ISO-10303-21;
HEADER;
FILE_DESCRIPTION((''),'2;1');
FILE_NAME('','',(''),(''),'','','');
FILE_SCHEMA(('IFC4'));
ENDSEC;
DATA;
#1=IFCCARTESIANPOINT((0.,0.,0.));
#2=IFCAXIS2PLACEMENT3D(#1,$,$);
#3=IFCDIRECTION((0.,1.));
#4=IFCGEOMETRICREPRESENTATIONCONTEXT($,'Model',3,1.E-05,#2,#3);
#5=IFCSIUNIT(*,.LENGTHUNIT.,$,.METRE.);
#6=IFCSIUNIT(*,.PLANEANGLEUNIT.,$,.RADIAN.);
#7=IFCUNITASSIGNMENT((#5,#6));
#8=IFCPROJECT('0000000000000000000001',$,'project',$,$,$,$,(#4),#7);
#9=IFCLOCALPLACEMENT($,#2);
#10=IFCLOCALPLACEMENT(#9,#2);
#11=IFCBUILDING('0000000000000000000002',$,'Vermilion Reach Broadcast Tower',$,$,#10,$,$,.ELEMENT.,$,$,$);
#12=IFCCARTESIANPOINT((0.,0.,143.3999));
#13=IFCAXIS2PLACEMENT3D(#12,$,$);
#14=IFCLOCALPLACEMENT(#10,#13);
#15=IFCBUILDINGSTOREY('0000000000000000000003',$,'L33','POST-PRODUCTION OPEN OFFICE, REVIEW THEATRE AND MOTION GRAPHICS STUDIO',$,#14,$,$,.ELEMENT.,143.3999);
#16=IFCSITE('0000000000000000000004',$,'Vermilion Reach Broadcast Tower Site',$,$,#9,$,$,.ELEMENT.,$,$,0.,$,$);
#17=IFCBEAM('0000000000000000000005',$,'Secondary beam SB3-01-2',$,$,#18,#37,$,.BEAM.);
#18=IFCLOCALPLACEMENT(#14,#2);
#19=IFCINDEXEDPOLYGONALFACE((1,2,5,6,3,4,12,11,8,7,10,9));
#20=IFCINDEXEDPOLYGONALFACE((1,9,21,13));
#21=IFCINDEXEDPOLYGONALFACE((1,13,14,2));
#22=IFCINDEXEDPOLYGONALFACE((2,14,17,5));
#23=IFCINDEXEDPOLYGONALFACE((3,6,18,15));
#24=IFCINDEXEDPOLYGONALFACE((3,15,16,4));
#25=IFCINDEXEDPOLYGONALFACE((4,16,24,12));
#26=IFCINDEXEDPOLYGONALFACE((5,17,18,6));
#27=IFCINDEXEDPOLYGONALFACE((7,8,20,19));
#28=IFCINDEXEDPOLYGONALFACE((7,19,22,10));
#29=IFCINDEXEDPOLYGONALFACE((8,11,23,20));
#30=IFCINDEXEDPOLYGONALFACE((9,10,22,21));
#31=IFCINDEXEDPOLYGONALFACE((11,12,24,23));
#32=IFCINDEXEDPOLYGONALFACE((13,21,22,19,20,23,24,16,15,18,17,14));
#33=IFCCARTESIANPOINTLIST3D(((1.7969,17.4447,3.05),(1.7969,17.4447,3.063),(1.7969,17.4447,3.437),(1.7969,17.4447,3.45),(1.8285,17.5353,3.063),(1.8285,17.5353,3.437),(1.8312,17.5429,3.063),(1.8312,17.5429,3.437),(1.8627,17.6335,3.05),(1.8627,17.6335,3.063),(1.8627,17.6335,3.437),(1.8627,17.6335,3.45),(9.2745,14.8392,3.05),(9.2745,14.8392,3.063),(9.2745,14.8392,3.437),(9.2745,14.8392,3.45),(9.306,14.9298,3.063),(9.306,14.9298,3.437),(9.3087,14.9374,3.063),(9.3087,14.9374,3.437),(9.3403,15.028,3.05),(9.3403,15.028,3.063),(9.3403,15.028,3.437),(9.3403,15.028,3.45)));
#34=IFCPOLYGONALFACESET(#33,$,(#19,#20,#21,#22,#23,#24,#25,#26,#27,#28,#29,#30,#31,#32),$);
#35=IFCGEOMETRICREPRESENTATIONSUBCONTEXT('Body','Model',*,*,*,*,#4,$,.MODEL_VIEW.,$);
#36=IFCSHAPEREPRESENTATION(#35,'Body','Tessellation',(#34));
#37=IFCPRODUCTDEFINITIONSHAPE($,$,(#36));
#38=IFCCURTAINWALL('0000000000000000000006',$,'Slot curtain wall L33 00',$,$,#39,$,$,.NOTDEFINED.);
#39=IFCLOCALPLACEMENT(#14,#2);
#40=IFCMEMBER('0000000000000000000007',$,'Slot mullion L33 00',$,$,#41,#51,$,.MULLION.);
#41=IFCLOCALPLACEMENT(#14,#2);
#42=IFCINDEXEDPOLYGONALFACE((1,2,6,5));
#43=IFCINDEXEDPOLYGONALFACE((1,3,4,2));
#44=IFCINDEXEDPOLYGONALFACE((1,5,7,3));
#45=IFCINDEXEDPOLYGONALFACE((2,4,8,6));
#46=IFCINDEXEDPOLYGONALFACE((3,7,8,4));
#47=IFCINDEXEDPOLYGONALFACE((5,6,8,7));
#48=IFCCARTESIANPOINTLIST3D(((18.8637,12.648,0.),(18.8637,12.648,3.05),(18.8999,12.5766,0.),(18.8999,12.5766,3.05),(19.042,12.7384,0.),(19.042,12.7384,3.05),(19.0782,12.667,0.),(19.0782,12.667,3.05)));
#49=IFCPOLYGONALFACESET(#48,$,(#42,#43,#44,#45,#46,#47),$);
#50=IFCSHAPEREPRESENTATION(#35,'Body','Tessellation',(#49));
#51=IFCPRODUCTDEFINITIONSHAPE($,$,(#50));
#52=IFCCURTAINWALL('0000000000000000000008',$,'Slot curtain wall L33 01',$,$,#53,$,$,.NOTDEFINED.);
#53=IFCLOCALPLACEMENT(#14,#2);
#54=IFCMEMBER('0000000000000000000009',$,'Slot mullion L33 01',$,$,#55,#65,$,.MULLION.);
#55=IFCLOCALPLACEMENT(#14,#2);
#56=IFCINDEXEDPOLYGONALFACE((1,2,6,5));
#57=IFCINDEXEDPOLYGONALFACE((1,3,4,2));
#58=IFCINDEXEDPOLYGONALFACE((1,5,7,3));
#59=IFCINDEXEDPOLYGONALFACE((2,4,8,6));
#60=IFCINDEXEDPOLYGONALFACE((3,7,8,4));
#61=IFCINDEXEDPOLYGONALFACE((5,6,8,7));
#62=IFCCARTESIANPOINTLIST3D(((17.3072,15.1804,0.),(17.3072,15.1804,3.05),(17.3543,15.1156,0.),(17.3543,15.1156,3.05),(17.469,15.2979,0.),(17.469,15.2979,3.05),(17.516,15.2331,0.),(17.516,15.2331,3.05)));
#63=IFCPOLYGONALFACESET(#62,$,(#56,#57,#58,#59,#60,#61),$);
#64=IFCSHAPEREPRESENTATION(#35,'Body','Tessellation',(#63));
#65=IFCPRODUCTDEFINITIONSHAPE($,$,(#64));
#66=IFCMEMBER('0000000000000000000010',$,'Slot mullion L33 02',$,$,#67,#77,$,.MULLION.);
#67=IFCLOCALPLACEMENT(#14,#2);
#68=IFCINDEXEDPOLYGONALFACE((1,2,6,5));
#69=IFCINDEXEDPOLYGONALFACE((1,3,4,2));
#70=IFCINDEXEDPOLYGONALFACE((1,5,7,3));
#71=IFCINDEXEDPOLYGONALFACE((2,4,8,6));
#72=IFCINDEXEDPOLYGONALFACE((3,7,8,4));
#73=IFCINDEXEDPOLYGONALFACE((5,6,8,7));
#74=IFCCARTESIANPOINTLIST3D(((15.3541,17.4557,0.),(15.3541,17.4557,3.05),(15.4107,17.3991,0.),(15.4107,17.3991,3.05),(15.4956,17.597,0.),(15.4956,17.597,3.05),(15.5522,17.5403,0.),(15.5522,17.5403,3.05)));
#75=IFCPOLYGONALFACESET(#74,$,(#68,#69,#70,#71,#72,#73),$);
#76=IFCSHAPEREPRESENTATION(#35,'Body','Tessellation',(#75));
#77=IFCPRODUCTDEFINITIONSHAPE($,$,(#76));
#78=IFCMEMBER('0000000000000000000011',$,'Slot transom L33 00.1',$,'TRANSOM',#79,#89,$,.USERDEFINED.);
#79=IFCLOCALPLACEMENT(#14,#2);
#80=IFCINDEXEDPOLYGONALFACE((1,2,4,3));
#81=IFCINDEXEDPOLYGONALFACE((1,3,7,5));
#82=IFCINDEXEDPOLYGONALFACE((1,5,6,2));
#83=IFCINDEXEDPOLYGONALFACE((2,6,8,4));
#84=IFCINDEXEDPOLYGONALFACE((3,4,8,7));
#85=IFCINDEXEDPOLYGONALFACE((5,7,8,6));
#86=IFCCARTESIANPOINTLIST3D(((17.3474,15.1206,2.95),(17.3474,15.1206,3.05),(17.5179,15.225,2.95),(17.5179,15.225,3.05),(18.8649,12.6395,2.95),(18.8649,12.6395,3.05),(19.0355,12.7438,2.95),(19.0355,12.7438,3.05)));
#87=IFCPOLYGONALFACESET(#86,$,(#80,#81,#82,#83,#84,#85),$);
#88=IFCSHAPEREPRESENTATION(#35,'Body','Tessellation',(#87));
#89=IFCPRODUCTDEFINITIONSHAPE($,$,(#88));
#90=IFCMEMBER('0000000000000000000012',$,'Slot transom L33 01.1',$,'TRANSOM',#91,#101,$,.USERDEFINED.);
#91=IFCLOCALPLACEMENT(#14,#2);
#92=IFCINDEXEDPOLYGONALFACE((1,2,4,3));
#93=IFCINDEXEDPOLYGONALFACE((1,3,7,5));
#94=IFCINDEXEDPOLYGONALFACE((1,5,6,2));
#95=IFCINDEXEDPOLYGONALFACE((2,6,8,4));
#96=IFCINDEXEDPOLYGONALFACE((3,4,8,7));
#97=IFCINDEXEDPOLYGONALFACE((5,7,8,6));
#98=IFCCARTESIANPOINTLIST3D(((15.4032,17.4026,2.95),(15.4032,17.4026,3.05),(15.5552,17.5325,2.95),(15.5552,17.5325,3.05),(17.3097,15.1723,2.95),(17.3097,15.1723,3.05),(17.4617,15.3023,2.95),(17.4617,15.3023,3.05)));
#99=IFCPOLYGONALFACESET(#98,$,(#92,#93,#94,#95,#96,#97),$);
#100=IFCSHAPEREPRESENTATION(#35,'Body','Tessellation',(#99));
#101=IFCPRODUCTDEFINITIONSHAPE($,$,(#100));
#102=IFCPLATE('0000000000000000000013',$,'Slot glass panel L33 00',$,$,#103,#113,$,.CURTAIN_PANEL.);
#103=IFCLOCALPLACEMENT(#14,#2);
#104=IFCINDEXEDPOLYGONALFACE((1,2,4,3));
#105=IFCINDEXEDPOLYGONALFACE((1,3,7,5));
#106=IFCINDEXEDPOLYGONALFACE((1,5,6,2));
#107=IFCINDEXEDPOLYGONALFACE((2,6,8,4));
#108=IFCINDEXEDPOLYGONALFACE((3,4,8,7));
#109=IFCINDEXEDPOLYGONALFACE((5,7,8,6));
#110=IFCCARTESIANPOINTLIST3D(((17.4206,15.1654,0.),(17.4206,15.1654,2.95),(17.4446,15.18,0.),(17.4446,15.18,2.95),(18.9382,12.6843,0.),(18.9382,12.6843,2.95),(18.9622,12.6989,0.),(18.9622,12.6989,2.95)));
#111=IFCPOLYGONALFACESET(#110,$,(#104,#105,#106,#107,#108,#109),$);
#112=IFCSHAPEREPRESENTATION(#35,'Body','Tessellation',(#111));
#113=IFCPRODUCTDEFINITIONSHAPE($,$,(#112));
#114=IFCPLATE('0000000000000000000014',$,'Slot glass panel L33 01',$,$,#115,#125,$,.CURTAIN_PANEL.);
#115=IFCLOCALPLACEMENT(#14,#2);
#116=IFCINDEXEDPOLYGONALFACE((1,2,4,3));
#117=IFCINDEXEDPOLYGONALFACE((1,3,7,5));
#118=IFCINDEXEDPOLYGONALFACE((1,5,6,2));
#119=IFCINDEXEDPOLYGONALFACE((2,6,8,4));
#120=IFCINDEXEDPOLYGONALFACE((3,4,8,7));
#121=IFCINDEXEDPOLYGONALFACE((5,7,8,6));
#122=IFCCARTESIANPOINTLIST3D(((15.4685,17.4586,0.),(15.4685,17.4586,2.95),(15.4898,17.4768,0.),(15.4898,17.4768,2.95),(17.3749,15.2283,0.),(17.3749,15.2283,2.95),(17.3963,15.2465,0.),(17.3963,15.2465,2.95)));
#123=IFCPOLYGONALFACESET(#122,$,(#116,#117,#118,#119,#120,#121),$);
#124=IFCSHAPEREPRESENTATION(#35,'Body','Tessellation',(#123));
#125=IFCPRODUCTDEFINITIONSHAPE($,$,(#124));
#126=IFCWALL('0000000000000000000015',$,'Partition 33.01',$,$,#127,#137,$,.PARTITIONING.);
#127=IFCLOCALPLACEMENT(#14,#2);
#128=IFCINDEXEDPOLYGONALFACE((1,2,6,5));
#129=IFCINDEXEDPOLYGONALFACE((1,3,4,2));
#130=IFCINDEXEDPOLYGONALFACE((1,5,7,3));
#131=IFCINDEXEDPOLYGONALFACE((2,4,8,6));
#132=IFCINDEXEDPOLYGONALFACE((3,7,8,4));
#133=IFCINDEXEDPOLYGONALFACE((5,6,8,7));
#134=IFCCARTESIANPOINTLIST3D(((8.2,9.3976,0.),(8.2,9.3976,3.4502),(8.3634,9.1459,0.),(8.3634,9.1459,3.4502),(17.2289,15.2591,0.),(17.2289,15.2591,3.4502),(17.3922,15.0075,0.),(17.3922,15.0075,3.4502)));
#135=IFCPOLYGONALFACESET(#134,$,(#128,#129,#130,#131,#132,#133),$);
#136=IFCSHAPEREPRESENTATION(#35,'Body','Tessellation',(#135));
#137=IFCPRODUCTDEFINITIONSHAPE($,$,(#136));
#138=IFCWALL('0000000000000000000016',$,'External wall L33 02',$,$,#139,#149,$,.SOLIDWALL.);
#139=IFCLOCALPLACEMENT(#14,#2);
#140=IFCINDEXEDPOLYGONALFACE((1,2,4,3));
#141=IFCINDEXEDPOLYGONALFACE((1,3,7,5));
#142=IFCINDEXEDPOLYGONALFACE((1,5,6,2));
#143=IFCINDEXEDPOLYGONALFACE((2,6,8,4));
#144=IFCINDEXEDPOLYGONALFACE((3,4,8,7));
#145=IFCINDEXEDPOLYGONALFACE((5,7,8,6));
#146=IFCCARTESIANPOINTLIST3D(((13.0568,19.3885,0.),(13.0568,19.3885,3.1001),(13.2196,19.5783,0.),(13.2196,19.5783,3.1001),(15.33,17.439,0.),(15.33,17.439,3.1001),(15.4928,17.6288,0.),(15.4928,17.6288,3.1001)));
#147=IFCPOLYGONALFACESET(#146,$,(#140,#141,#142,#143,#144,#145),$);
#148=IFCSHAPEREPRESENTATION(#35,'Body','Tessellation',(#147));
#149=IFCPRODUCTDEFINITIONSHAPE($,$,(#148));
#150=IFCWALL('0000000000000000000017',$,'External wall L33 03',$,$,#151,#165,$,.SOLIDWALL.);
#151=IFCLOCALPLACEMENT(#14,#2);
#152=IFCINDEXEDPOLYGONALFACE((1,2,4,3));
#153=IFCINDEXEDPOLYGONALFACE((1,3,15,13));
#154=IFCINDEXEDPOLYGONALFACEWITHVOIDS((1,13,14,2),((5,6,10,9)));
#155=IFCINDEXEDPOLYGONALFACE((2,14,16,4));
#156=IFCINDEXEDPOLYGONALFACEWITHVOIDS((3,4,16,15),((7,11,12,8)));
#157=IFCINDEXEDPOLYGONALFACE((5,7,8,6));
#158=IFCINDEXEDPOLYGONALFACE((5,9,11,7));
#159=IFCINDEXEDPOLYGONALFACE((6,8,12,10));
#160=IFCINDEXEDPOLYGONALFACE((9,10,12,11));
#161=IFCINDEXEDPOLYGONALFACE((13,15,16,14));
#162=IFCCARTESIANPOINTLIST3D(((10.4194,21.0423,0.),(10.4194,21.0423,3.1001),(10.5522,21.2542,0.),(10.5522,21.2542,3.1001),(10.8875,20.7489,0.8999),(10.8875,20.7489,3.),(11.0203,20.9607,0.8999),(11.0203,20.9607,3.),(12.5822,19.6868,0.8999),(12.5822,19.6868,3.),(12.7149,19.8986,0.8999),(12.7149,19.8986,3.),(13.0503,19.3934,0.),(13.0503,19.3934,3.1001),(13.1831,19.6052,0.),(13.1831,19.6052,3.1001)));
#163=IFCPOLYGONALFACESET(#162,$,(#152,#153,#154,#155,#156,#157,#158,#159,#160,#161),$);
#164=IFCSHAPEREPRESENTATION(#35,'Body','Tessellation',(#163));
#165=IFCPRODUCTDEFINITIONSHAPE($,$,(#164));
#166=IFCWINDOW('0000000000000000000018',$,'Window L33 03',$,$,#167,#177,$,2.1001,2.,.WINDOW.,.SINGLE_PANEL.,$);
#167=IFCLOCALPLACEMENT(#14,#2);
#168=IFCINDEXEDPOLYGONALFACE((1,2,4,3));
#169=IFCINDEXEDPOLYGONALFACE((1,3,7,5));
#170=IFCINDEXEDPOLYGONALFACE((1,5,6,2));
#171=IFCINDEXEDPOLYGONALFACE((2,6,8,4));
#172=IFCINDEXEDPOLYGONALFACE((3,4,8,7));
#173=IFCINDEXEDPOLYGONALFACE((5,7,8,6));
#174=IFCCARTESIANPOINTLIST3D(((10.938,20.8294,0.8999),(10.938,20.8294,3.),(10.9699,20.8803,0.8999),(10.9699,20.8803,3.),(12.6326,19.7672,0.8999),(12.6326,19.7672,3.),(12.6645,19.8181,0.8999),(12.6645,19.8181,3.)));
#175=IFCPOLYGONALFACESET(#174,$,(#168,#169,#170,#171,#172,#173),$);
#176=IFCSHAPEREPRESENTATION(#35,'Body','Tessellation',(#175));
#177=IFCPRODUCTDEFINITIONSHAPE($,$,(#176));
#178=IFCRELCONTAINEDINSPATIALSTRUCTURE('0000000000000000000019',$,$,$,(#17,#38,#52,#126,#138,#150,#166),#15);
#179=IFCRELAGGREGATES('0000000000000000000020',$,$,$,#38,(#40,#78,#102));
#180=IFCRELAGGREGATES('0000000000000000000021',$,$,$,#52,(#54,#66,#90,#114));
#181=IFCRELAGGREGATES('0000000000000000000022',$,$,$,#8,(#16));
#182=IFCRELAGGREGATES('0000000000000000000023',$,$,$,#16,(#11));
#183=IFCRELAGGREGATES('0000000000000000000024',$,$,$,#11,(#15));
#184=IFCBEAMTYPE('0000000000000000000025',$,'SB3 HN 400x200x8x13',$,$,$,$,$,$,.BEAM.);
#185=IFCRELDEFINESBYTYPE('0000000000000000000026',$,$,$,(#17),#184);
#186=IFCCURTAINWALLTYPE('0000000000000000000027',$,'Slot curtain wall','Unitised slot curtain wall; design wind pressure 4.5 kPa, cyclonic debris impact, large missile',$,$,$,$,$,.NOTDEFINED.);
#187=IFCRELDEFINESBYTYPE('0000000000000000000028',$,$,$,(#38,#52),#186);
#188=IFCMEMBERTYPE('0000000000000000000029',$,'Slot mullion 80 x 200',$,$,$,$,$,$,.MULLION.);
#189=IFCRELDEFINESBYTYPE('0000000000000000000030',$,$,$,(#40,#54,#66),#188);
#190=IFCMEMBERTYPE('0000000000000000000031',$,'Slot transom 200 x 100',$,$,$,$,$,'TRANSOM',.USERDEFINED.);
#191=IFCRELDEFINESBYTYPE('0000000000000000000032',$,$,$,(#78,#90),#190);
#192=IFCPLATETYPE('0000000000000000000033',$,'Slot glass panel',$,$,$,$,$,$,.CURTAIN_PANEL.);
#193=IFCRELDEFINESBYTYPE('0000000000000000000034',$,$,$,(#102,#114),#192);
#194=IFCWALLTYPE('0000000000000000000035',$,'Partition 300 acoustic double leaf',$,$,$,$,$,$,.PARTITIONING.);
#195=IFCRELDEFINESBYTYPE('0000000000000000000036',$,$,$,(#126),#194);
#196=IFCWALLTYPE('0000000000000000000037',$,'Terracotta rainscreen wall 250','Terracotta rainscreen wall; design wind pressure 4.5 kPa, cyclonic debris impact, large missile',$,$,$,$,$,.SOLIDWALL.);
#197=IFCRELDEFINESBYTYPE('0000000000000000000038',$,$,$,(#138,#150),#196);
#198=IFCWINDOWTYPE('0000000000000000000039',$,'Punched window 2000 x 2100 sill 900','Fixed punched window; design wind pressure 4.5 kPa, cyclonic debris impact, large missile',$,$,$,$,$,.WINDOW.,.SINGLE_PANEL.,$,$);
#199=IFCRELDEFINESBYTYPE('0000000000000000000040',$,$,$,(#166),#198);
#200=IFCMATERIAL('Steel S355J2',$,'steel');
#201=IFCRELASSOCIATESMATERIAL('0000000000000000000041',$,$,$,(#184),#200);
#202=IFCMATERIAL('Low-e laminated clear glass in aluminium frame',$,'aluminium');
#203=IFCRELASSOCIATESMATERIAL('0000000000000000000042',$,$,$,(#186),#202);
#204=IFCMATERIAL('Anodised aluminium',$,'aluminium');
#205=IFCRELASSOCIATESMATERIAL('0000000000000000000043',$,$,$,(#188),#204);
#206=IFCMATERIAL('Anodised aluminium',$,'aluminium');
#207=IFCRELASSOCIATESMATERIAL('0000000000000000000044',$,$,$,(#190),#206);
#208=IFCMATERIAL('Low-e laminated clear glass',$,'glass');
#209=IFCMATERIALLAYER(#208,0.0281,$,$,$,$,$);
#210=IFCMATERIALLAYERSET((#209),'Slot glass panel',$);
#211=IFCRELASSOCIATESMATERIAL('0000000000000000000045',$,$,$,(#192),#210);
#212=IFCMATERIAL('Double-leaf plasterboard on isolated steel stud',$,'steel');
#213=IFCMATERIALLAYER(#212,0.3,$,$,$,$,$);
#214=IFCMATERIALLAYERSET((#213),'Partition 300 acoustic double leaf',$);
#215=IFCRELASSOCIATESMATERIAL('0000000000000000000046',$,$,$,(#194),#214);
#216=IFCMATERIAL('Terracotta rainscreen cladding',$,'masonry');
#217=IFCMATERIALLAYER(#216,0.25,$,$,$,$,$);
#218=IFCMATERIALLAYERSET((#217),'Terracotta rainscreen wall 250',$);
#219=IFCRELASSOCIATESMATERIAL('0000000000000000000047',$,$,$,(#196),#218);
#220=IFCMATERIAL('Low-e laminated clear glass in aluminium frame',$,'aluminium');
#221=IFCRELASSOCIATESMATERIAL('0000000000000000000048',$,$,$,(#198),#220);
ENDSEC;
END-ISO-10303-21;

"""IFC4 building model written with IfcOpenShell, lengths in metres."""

from ifc_helpers import new_model, si_unit, direction, frame, frame_2d, origin, origin_2d, place, context, subcontext, project, spatial, rectangle, i_section, extrude, material, layer, layer_set, material_profile, profile_set, type_object, element, fill, aggregate, save


model = new_model("IFC4")

# Units and contexts
model_context = context("Model", 3, precision=1e-05, world=origin(), true_north=direction((0.0, 1.0)))
body_context = subcontext(model_context, "Body", "Model", "MODEL_VIEW")
ifc_project = project(units=[si_unit("LENGTHUNIT", "METRE"), si_unit("PLANEANGLEUNIT", "RADIAN")], contexts=[model_context])

# Site, building, storey
site_placement = place(None, origin())
site = spatial("IfcSite", under=ifc_project, at=site_placement, Name="Vermilion Reach Broadcast Tower Site", CompositionType="ELEMENT", RefElevation=0.0)
building_placement = place(site_placement, origin())
building = spatial("IfcBuilding", under=site, at=building_placement, Name="Vermilion Reach Broadcast Tower", CompositionType="ELEMENT")
storey_placement = place(building_placement, frame((0.0, 0.0, 143.3999)))
storey = spatial("IfcBuildingStorey", under=building, at=storey_placement, Name="L33", Description="POST-PRODUCTION OPEN OFFICE, REVIEW THEATRE AND MOTION GRAPHICS STUDIO", CompositionType="ELEMENT", Elevation=143.3999)

# Beam
ifc_material_1 = material(Name="Steel S355J2", Category="steel")
ifc_material_profile_1 = material_profile(ifc_material_1, i_section(OverallWidth=0.2, OverallDepth=0.3999, WebThickness=0.0081, FlangeThickness=0.0129, at=origin_2d()), Name="S355J2 HN 400x200x8x13")
ifc_profile_set_1 = profile_set([ifc_material_profile_1], Name="Steel S355J2")
beam_type_1 = type_object("IfcBeamType", Name="SB3 HN 400x200x8x13", PredefinedType="BEAM", material=ifc_profile_set_1)
beam_1_placement = place(storey_placement, frame((9.3074, 14.9336, 3.25), z_axis=(-0.944317, 0.329037, 0.0), x_axis=(-0.329037, -0.944317, 0.0)))
element("IfcBeam", 1, at=beam_1_placement, inside=storey, type_object=beam_type_1, Name="Secondary beam SB3-01-2", PredefinedType="BEAM", context=body_context, shape_type="SweptSolid", body=[
    extrude(i_section(OverallWidth=0.2, OverallDepth=0.3999, WebThickness=0.0081, FlangeThickness=0.0129, at=origin_2d()), origin(), (0.0, 0.0, 1.0), 7.9185),
])

# Curtain wall, member
ifc_material_2 = material(Name="Low-e laminated clear glass in aluminium frame", Category="aluminium")
curtain_wall_type = type_object("IfcCurtainWallType", Name="Slot curtain wall", Description="Unitised slot curtain wall; design wind pressure 4.5 kPa, cyclonic debris impact, large missile", PredefinedType="NOTDEFINED", material=ifc_material_2)
placement = place(storey_placement, origin())
curtain_wall_1 = element("IfcCurtainWall", 2, at=placement, inside=storey, type_object=curtain_wall_type, Name="Slot curtain wall L33 00", PredefinedType="NOTDEFINED")
ifc_material_3 = material(Name="Anodised aluminium", Category="aluminium")
ifc_material_profile_2 = material_profile(ifc_material_3, rectangle(XDim=0.2, YDim=0.0801, at=origin_2d()), Name="Slot mullion 80 x 200")
ifc_profile_set_2 = profile_set([ifc_material_profile_2], Name="Anodised aluminium")
member_type_1 = type_object("IfcMemberType", Name="Slot mullion 80 x 200", PredefinedType="MULLION", material=ifc_profile_set_2)
member_1_placement = place(storey_placement, frame((18.9709, 12.6575, 0.0), z_axis=(0.0, 0.0, 1.0), x_axis=(-0.891955, -0.452123, 0.0)))
member_1 = element("IfcMember", 3, at=member_1_placement, type_object=member_type_1, Name="Slot mullion L33 00", PredefinedType="MULLION", context=body_context, shape_type="SweptSolid", body=[
    extrude(rectangle(XDim=0.2, YDim=0.0801, at=origin_2d()), origin(), (0.0, 0.0, 1.0), 3.05),
])

# Curtain wall, members
curtain_wall_2 = element("IfcCurtainWall", 4, at=placement, inside=storey, type_object=curtain_wall_type, Name="Slot curtain wall L33 01", PredefinedType="NOTDEFINED")
member_2_placement = place(storey_placement, frame((17.4116, 15.2068, 0.0), z_axis=(0.0, 0.0, 1.0), x_axis=(-0.809131, -0.587628, 0.0)))
member_2 = element("IfcMember", 5, at=member_2_placement, type_object=member_type_1, Name="Slot mullion L33 01", PredefinedType="MULLION", context=body_context, shape_type="SweptSolid", body=[
    extrude(rectangle(XDim=0.2, YDim=0.0801, at=origin_2d()), origin(), (0.0, 0.0, 1.0), 3.05),
])
member_3_placement = place(storey_placement, frame((15.4531, 17.498, 0.0), z_axis=(0.0, 0.0, 1.0), x_axis=(-0.707681, -0.706532, 0.0)))
member_3 = element("IfcMember", 6, at=member_3_placement, type_object=member_type_1, Name="Slot mullion L33 02", PredefinedType="MULLION", context=body_context, shape_type="SweptSolid", body=[
    extrude(rectangle(XDim=0.2, YDim=0.0801, at=origin_2d()), origin(), (0.0, 0.0, 1.0), 3.05),
])

# Members
ifc_material_4 = material(Name="Anodised aluminium", Category="aluminium")
ifc_material_profile_3 = material_profile(ifc_material_4, rectangle(XDim=0.2, YDim=0.1001, at=origin_2d()), Name="Slot transom 200 x 100")
ifc_profile_set_3 = profile_set([ifc_material_profile_3], Name="Anodised aluminium")
member_type_2 = type_object("IfcMemberType", Name="Slot transom 200 x 100", ElementType="TRANSOM", PredefinedType="USERDEFINED", material=ifc_profile_set_3)
member_4_placement = place(storey_placement, frame((18.9502, 12.6917, 3.0), z_axis=(-0.521773, 0.853085, 0.0), x_axis=(-0.853085, -0.521773, 0.0)))
member_4 = element("IfcMember", 7, at=member_4_placement, type_object=member_type_2, Name="Slot transom L33 00.1", ObjectType="TRANSOM", PredefinedType="USERDEFINED", context=body_context, shape_type="SweptSolid", body=[
    extrude(rectangle(XDim=0.2, YDim=0.1001, at=origin_2d()), origin(), (0.0, 0.0, 1.0), 2.9084),
])
member_5_placement = place(storey_placement, frame((17.3857, 15.2373, 3.0), z_axis=(-0.649783, 0.760119, 0.0), x_axis=(-0.760119, -0.649783, 0.0)))
member_5 = element("IfcMember", 8, at=member_5_placement, type_object=member_type_2, Name="Slot transom L33 01.1", ObjectType="TRANSOM", PredefinedType="USERDEFINED", context=body_context, shape_type="SweptSolid", body=[
    extrude(rectangle(XDim=0.2, YDim=0.1001, at=origin_2d()), origin(), (0.0, 0.0, 1.0), 2.9341),
])

# Plates
ifc_material_5 = material(Name="Low-e laminated clear glass", Category="glass")
ifc_layer_1 = layer(ifc_material_5, 0.0281)
ifc_layer_set_1 = layer_set([ifc_layer_1], Name="Slot glass panel")
plate_type = type_object("IfcPlateType", Name="Slot glass panel", PredefinedType="CURTAIN_PANEL", material=ifc_layer_set_1)
plate_1_placement = place(storey_placement, frame((18.1914, 13.9321, 0.0), z_axis=(0.0, 0.0, 1.0), x_axis=(-0.521803, 0.853066, 0.0)))
plate_1 = element("IfcPlate", 9, at=plate_1_placement, type_object=plate_type, Name="Slot glass panel L33 00", PredefinedType="CURTAIN_PANEL", context=body_context, shape_type="SweptSolid", body=[
    extrude(rectangle(XDim=2.9084, YDim=0.0281, at=origin_2d()), origin(), (0.0, 0.0, 1.0), 2.95),
])
aggregate(curtain_wall_1, [member_1, member_4, plate_1])
plate_2_placement = place(storey_placement, frame((16.4324, 16.3525, 0.0), z_axis=(0.0, 0.0, 1.0), x_axis=(-0.649773, 0.760128, 0.0)))
plate_2 = element("IfcPlate", 10, at=plate_2_placement, type_object=plate_type, Name="Slot glass panel L33 01", PredefinedType="CURTAIN_PANEL", context=body_context, shape_type="SweptSolid", body=[
    extrude(rectangle(XDim=2.9341, YDim=0.0281, at=origin_2d()), origin(), (0.0, 0.0, 1.0), 2.95),
])
aggregate(curtain_wall_2, [member_2, member_3, member_5, plate_2])

# Walls
ifc_material_6 = material(Name="Double-leaf plasterboard on isolated steel stud", Category="steel")
ifc_layer_2 = layer(ifc_material_6, 0.3)
ifc_layer_set_2 = layer_set([ifc_layer_2], Name="Partition 300 acoustic double leaf")
wall_type_1 = type_object("IfcWallType", Name="Partition 300 acoustic double leaf", PredefinedType="PARTITIONING", material=ifc_layer_set_2)
wall_1_placement = place(storey_placement, frame((17.3105, 15.1333, 0.0), z_axis=(0.0, 0.0, 1.0), x_axis=(-0.838747, -0.544521, 0.0)))
element("IfcWall", 11, at=wall_1_placement, inside=storey, type_object=wall_type_1, Name="Partition 33.01", PredefinedType="PARTITIONING", context=body_context, shape_type="SweptSolid", body=[
    extrude(rectangle(XDim=10.7646, YDim=0.3, at=frame_2d((5.3823, 0.0))), origin(), (0.0, 0.0, 1.0), 3.4502),
])
ifc_material_7 = material(Name="Terracotta rainscreen cladding", Category="masonry")
ifc_layer_3 = layer(ifc_material_7, 0.25)
ifc_layer_set_3 = layer_set([ifc_layer_3], Name="Terracotta rainscreen wall 250")
wall_type_2 = type_object("IfcWallType", Name="Terracotta rainscreen wall 250", Description="Terracotta rainscreen wall; design wind pressure 4.5 kPa, cyclonic debris impact, large missile", PredefinedType="SOLIDWALL", material=ifc_layer_set_3)
wall_2_placement = place(storey_placement, frame((15.4114, 17.5339, 0.0), z_axis=(0.0, 0.0, 1.0), x_axis=(-0.75909, 0.650986, 0.0)))
element("IfcWall", 12, at=wall_2_placement, inside=storey, type_object=wall_type_2, Name="External wall L33 02", PredefinedType="SOLIDWALL", context=body_context, shape_type="SweptSolid", body=[
    extrude(rectangle(XDim=2.9946, YDim=0.25, at=frame_2d((1.4973, 0.0))), origin(), (0.0, 0.0, 1.0), 3.1001),
])

# Wall, opening, window
wall_3_placement = place(storey_placement, frame((13.1167, 19.4993, 0.0), z_axis=(0.0, 0.0, 1.0), x_axis=(-0.847326, 0.531073, 0.0)))
wall_3 = element("IfcWall", 13, at=wall_3_placement, inside=storey, type_object=wall_type_2, Name="External wall L33 03", PredefinedType="SOLIDWALL", context=body_context, shape_type="SweptSolid", body=[
    extrude(rectangle(XDim=3.105, YDim=0.25, at=frame_2d((1.5525, 0.0))), origin(), (0.0, 0.0, 1.0), 3.1001),
])
opening_1_placement = place(wall_3_placement, frame((0.5525, 0.0, 0.8999)))
opening_1 = element("IfcOpeningElement", 14, at=opening_1_placement, cuts=wall_3, PredefinedType="OPENING", context=body_context, shape_type="SweptSolid", body=[
    extrude(rectangle(XDim=2.0, YDim=2.1001, at=frame_2d((1.0, 1.05))), frame((0.0, 0.135, 0.0), z_axis=(0.0, -1.0, 0.0), x_axis=(1.0, 0.0, 0.0)), (0.0, 0.0, 1.0), 0.27),
])
ifc_material_8 = material(Name="Low-e laminated clear glass in aluminium frame", Category="aluminium")
window_type = type_object("IfcWindowType", Name="Punched window 2000 x 2100 sill 900", Description="Fixed punched window; design wind pressure 4.5 kPa, cyclonic debris impact, large missile", PartitioningType="SINGLE_PANEL", PredefinedType="WINDOW", material=ifc_material_8)
window_1_placement = place(opening_1_placement, origin())
window_1 = element("IfcWindow", 15, at=window_1_placement, inside=storey, type_object=window_type, Name="Window L33 03", OverallHeight=2.1001, OverallWidth=2.0, PartitioningType="SINGLE_PANEL", PredefinedType="WINDOW", context=body_context, shape_type="SweptSolid", body=[
    extrude(rectangle(XDim=2.0, YDim=2.1001, at=frame_2d((1.0, 1.05))), frame((0.0, 0.03, 0.0), z_axis=(0.0, -1.0, 0.0), x_axis=(1.0, 0.0, 0.0)), (0.0, 0.0, 1.0), 0.0601),
])
fill(opening_1, window_1)

save(model, "model.ifc")
